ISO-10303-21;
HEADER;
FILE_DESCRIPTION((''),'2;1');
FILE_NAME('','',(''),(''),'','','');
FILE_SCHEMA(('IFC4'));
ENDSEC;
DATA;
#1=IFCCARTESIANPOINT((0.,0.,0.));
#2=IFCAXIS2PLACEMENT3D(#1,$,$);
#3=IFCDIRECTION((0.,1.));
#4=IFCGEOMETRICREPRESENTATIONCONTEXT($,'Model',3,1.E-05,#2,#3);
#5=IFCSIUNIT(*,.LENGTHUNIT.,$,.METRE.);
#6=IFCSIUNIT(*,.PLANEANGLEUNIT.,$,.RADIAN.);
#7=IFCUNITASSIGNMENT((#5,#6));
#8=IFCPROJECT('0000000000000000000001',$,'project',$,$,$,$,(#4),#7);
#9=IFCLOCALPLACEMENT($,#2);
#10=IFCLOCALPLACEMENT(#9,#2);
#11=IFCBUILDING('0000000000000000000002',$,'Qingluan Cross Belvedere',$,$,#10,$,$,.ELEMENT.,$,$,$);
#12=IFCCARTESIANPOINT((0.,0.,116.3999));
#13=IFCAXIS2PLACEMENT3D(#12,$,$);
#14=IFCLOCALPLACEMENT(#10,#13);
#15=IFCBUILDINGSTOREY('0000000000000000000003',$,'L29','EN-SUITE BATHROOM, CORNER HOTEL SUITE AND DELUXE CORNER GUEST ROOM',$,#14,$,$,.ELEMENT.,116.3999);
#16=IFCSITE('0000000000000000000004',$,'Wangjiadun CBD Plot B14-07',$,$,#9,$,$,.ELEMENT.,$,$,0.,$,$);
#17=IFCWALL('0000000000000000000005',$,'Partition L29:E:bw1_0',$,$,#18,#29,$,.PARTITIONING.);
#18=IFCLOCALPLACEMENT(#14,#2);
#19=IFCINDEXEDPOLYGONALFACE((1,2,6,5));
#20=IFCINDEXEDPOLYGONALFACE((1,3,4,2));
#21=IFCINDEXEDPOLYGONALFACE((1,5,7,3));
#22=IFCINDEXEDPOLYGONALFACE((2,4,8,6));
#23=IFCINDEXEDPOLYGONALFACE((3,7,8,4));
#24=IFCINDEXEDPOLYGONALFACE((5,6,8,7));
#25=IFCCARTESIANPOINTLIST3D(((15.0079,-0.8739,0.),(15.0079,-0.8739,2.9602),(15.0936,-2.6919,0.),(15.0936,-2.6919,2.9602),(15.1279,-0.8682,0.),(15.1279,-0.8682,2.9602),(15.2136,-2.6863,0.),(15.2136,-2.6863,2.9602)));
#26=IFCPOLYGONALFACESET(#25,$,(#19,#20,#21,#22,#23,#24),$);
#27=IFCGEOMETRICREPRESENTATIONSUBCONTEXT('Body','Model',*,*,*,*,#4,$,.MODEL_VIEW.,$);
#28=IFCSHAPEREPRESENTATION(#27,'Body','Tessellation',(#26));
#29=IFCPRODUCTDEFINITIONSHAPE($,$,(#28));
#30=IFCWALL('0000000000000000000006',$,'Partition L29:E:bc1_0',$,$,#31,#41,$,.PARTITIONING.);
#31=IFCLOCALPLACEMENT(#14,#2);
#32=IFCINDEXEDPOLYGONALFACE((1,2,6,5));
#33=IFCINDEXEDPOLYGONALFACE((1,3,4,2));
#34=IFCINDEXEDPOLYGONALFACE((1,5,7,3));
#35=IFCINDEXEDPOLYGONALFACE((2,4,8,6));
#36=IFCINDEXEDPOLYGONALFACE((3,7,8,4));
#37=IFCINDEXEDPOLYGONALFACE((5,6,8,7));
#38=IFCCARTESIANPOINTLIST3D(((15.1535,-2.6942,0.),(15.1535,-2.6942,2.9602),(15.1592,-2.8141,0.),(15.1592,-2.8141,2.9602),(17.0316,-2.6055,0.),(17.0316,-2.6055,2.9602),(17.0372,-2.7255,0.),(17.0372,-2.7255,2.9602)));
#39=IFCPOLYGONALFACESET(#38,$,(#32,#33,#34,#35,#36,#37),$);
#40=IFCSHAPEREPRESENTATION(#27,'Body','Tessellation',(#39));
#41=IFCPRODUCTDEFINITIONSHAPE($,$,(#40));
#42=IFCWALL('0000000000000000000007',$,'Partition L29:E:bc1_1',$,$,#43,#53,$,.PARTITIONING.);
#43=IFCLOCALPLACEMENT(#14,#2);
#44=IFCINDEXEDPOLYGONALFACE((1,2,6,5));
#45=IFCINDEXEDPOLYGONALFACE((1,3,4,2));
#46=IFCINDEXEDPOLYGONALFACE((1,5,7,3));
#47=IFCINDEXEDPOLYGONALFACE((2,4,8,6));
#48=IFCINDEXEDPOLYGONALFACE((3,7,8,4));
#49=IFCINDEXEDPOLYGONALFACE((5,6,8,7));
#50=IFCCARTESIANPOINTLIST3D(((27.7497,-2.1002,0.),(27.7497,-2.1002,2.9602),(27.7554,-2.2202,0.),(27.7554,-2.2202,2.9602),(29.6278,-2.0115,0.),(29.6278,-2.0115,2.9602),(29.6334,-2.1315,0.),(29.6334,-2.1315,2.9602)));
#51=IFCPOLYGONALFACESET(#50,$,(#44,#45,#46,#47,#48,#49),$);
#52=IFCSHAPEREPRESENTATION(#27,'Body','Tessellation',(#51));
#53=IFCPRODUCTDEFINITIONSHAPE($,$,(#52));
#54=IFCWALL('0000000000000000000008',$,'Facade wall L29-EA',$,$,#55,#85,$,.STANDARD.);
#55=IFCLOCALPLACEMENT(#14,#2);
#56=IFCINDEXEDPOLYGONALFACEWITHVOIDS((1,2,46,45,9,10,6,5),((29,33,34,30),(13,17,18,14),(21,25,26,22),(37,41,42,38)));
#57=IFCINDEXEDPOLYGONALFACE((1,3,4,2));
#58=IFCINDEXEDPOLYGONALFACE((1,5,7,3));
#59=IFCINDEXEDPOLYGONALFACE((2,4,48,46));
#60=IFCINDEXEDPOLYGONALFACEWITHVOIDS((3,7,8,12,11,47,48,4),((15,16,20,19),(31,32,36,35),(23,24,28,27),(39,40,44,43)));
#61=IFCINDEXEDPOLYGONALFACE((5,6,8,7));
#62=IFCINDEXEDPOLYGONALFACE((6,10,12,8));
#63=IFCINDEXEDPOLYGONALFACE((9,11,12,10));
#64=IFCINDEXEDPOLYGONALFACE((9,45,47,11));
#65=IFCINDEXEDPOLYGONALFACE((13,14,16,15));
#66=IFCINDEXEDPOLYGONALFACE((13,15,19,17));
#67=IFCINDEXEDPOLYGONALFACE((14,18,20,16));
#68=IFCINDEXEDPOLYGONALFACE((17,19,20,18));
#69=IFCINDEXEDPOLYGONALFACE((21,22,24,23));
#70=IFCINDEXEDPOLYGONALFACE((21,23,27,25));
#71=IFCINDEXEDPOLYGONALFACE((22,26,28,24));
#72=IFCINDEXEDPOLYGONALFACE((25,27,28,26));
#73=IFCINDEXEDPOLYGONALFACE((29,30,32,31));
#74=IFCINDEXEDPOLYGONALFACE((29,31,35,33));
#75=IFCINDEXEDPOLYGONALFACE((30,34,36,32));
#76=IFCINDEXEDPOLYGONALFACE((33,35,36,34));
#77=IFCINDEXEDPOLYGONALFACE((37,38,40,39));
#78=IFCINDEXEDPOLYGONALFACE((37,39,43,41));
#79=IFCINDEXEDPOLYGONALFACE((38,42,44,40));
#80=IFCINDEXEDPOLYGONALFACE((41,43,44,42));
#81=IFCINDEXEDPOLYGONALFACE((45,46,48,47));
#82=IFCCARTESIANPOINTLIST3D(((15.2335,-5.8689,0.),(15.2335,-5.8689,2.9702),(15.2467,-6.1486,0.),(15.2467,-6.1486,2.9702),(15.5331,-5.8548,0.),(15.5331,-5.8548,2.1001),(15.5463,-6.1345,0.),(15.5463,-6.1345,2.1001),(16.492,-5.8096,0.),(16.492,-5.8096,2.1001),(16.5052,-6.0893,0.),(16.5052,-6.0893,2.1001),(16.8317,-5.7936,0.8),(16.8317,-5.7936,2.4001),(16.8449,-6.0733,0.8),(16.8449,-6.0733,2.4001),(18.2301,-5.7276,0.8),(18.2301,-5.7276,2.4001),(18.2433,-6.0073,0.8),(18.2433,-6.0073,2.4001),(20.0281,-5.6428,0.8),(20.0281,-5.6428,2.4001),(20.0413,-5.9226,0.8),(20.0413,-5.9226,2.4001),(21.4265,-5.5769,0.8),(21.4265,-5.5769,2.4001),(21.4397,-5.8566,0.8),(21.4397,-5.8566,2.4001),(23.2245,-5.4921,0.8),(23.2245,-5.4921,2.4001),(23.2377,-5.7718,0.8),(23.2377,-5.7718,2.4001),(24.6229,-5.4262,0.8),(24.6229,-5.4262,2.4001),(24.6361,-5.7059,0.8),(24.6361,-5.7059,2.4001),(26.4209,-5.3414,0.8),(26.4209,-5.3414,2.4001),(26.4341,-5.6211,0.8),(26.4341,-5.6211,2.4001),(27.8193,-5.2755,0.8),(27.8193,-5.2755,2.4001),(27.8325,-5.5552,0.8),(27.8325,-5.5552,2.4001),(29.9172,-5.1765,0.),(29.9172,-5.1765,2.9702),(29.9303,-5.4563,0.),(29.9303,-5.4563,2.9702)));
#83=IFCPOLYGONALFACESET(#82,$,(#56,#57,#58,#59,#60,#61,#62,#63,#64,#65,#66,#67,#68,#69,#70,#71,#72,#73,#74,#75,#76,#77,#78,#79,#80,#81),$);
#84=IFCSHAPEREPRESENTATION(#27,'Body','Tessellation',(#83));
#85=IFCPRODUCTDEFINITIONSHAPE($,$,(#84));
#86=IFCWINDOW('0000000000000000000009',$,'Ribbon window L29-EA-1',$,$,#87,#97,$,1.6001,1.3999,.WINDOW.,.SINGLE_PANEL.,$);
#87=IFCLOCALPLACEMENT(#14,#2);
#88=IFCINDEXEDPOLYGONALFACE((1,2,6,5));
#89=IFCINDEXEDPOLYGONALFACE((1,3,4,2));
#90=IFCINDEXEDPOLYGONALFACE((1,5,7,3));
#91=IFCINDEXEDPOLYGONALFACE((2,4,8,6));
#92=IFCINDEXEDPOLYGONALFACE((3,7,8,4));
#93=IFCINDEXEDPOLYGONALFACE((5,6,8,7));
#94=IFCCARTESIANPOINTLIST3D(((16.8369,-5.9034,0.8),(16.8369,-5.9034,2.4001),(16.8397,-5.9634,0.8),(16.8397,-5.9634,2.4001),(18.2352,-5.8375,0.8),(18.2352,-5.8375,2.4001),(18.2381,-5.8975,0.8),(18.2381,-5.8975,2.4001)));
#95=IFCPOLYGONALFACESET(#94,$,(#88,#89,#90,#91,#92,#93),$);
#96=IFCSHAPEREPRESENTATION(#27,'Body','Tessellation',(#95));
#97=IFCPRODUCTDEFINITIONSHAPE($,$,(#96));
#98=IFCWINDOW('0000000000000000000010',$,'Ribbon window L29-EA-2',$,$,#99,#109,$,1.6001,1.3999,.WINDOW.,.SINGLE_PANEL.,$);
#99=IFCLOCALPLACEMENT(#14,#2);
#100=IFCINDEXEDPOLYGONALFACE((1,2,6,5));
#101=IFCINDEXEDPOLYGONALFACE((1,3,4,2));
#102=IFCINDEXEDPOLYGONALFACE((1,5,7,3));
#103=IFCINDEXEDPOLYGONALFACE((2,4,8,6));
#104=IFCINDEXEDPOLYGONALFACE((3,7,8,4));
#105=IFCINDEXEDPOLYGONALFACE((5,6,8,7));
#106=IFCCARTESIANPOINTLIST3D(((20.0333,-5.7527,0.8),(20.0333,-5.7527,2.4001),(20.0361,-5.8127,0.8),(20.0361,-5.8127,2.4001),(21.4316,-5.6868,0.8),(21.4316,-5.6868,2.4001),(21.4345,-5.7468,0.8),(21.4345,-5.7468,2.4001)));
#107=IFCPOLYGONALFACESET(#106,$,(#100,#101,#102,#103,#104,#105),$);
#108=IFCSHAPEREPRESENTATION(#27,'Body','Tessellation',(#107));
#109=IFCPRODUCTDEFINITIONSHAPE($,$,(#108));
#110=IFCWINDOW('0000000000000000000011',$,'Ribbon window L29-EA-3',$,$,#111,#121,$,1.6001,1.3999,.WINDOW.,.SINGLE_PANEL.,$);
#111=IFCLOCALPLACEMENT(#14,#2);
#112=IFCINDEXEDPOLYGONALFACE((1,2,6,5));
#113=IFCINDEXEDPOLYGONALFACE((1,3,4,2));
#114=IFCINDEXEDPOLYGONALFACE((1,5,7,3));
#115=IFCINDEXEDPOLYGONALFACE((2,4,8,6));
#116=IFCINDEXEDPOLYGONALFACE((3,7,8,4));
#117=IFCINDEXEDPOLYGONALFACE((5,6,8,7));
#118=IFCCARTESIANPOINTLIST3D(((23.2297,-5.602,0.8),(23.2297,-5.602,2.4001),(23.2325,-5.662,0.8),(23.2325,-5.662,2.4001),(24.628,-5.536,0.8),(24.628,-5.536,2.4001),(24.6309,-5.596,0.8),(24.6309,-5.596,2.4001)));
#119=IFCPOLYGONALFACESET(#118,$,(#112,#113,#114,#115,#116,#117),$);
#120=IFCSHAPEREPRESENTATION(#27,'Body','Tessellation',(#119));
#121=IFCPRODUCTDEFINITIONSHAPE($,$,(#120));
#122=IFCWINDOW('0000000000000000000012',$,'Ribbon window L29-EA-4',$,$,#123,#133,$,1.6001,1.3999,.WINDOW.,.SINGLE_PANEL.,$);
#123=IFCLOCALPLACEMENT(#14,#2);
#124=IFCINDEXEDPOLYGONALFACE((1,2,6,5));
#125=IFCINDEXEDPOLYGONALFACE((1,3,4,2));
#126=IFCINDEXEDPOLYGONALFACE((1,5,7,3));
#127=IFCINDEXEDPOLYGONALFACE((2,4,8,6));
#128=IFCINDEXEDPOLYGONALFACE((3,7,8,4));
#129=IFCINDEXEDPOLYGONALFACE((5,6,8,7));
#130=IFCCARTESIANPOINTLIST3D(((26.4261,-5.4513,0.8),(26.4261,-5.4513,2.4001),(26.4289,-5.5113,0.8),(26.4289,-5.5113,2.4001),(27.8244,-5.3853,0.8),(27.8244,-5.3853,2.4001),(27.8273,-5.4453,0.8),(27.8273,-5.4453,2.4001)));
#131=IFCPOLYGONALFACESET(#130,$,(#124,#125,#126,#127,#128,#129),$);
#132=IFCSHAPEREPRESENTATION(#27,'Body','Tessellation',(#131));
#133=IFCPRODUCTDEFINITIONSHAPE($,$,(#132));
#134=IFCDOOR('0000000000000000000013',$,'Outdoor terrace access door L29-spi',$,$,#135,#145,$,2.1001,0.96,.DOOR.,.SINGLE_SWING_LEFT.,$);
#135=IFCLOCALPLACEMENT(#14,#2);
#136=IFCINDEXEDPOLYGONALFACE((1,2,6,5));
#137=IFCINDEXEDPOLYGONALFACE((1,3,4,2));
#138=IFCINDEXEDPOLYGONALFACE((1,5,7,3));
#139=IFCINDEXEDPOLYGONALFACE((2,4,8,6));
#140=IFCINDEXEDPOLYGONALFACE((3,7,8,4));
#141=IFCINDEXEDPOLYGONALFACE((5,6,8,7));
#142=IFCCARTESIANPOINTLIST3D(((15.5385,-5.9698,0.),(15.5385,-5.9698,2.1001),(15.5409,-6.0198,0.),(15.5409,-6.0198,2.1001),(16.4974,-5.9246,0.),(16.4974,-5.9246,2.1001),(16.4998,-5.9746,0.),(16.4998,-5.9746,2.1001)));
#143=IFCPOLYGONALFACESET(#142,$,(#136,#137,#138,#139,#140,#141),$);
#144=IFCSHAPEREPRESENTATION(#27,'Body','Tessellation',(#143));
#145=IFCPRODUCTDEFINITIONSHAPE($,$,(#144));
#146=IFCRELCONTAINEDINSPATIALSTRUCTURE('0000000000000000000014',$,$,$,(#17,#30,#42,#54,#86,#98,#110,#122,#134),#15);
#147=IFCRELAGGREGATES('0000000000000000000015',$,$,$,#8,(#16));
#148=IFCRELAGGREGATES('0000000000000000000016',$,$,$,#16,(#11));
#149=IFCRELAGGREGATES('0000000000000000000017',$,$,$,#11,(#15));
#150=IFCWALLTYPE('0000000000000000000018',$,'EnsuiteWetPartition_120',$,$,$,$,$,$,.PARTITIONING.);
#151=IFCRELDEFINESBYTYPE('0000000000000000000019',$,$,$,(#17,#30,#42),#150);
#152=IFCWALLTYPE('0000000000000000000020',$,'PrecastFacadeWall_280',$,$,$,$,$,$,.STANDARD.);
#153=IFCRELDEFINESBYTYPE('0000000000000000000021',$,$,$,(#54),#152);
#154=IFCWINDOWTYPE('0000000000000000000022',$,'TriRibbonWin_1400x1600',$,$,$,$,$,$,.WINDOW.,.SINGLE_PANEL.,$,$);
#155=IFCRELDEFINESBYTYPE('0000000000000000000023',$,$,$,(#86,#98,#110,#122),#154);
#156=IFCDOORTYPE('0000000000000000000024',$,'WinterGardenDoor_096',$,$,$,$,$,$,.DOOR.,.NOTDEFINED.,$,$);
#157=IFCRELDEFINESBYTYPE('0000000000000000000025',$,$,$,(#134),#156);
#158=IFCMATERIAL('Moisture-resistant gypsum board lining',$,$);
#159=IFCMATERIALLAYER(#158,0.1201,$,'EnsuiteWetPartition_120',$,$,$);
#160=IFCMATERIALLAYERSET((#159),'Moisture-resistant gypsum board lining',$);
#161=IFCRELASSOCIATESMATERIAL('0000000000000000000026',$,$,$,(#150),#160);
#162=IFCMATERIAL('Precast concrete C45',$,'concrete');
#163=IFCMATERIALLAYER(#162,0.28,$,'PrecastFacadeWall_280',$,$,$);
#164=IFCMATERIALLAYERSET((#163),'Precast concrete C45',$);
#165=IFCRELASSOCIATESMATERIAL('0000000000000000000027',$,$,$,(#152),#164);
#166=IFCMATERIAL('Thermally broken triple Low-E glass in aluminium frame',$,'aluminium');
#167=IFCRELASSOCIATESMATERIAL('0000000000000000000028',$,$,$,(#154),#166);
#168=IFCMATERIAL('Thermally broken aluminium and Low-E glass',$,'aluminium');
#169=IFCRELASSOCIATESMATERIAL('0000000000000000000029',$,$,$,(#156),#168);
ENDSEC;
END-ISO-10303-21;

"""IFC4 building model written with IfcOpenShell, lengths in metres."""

from ifc_helpers import new_model, si_unit, direction, frame, frame_2d, origin, place, context, subcontext, project, spatial, rectangle, extrude, material, layer, layer_set, type_object, element, fill, save


model = new_model("IFC4")

# Units and contexts
model_context = context("Model", 3, precision=1e-05, world=origin(), true_north=direction((0.0, 1.0)))
body_context = subcontext(model_context, "Body", "Model", "MODEL_VIEW")
ifc_project = project(units=[si_unit("LENGTHUNIT", "METRE"), si_unit("PLANEANGLEUNIT", "RADIAN")], contexts=[model_context])

# Site, building, storey
site_placement = place(None, origin())
site = spatial("IfcSite", under=ifc_project, at=site_placement, Name="Wangjiadun CBD Plot B14-07", CompositionType="ELEMENT", RefElevation=0.0)
building_placement = place(site_placement, origin())
building = spatial("IfcBuilding", under=site, at=building_placement, Name="Qingluan Cross Belvedere", CompositionType="ELEMENT")
storey_placement = place(building_placement, frame((0.0, 0.0, 116.3999)))
storey = spatial("IfcBuildingStorey", under=building, at=storey_placement, Name="L29", Description="EN-SUITE BATHROOM, CORNER HOTEL SUITE AND DELUXE CORNER GUEST ROOM", CompositionType="ELEMENT", Elevation=116.3999)

# Shared definitions
ifc_material_1 = material(Name="Moisture-resistant gypsum board lining")
ifc_layer_1 = layer(ifc_material_1, 0.1201, Name="EnsuiteWetPartition_120")
ifc_layer_set_1 = layer_set([ifc_layer_1], Name="Moisture-resistant gypsum board lining")
wall_type_1 = type_object("IfcWallType", Name="EnsuiteWetPartition_120", PredefinedType="PARTITIONING", material=ifc_layer_set_1)

# Walls
wall_1_placement = place(storey_placement, frame((15.1536, -2.6892, 0.0), z_axis=(0.0, 0.0, 1.0), x_axis=(-0.047081, 0.998891, 0.0)))
element("IfcWall", 1, at=wall_1_placement, inside=storey, type_object=wall_type_1, Name="Partition L29:E:bw1_0", PredefinedType="PARTITIONING", context=body_context, shape_type="SweptSolid", body=[
    extrude(rectangle(XDim=1.8201, YDim=0.1201, at=frame_2d((0.9102, 0.0))), origin(), (0.0, 0.0, 1.0), 2.9602),
])
for number, where, z_axis, x_axis, name in (
    (2, (15.1565, -2.7542, 0.0), (0.0, 0.0, 1.0), (0.998888, 0.047139, 0.0), "Partition L29:E:bc1_0"),
    (3, (27.7527, -2.1602, 0.0), (0.0, 0.0, 1.0), (0.998888, 0.047139, 0.0), "Partition L29:E:bc1_1"),
):
    element("IfcWall", number, at=place(storey_placement, frame(where, z_axis=z_axis, x_axis=x_axis)), inside=storey, type_object=wall_type_1, Name=name, PredefinedType="PARTITIONING", context=body_context, shape_type="SweptSolid", body=[
        extrude(rectangle(XDim=1.8801, YDim=0.1201, at=frame_2d((0.9399, 0.0))), origin(), (0.0, 0.0, 1.0), 2.9602),
    ])

# Wall, openings, windows, door
ifc_material_2 = material(Name="Precast concrete C45", Category="concrete")
ifc_layer_2 = layer(ifc_material_2, 0.28, Name="PrecastFacadeWall_280")
ifc_layer_set_2 = layer_set([ifc_layer_2], Name="Precast concrete C45")
wall_type_2 = type_object("IfcWallType", Name="PrecastFacadeWall_280", PredefinedType="STANDARD", material=ifc_layer_set_2)
wall_2_placement = place(storey_placement, frame((15.24, -6.0088, 0.0), z_axis=(0.0, 0.0, 1.0), x_axis=(0.99889, 0.047101, 0.0)))
wall_2 = element("IfcWall", 4, at=wall_2_placement, inside=storey, type_object=wall_type_2, Name="Facade wall L29-EA", PredefinedType="STANDARD", context=body_context, shape_type="SweptSolid", body=[
    extrude(rectangle(XDim=14.7, YDim=0.28, at=frame_2d((7.3501, 0.0))), origin(), (0.0, 0.0, 1.0), 2.9702),
])
opening_1_placement = place(wall_2_placement, frame((1.6001, 0.0, 0.8)))
opening_1 = element("IfcOpeningElement", 5, at=opening_1_placement, cuts=wall_2, PredefinedType="OPENING", context=body_context, shape_type="SweptSolid", body=[
    extrude(rectangle(XDim=1.3999, YDim=1.6001, at=frame_2d((0.7, 0.8))), frame((0.0, 0.1499, 0.0), z_axis=(0.0, -1.0, 0.0), x_axis=(1.0, 0.0, 0.0)), (0.0, 0.0, 1.0), 0.3),
])
opening_2_placement = place(wall_2_placement, frame((4.8, 0.0, 0.8)))
opening_2 = element("IfcOpeningElement", 6, at=opening_2_placement, cuts=wall_2, PredefinedType="OPENING", context=body_context, shape_type="SweptSolid", body=[
    extrude(rectangle(XDim=1.3999, YDim=1.6001, at=frame_2d((0.7, 0.8))), frame((0.0, 0.1499, 0.0), z_axis=(0.0, -1.0, 0.0), x_axis=(1.0, 0.0, 0.0)), (0.0, 0.0, 1.0), 0.3),
])
opening_3_placement = place(wall_2_placement, frame((8.0, 0.0, 0.8)))
opening_3 = element("IfcOpeningElement", 7, at=opening_3_placement, cuts=wall_2, PredefinedType="OPENING", context=body_context, shape_type="SweptSolid", body=[
    extrude(rectangle(XDim=1.3999, YDim=1.6001, at=frame_2d((0.7, 0.8))), frame((0.0, 0.1499, 0.0), z_axis=(0.0, -1.0, 0.0), x_axis=(1.0, 0.0, 0.0)), (0.0, 0.0, 1.0), 0.3),
])
opening_4_placement = place(wall_2_placement, frame((11.2, 0.0, 0.8)))
opening_4 = element("IfcOpeningElement", 8, at=opening_4_placement, cuts=wall_2, PredefinedType="OPENING", context=body_context, shape_type="SweptSolid", body=[
    extrude(rectangle(XDim=1.3999, YDim=1.6001, at=frame_2d((0.7, 0.8))), frame((0.0, 0.1499, 0.0), z_axis=(0.0, -1.0, 0.0), x_axis=(1.0, 0.0, 0.0)), (0.0, 0.0, 1.0), 0.3),
])
opening_5_placement = place(wall_2_placement, frame((0.3, 0.0, 0.0)))
opening_5 = element("IfcOpeningElement", 9, at=opening_5_placement, cuts=wall_2, PredefinedType="OPENING", context=body_context, shape_type="SweptSolid", body=[
    extrude(rectangle(XDim=0.96, YDim=2.1001, at=frame_2d((0.48, 1.05))), frame((0.0, 0.1499, 0.0), z_axis=(0.0, -1.0, 0.0), x_axis=(1.0, 0.0, 0.0)), (0.0, 0.0, 1.0), 0.3),
])
ifc_material_3 = material(Name="Thermally broken triple Low-E glass in aluminium frame", Category="aluminium")
window_type_1 = type_object("IfcWindowType", Name="TriRibbonWin_1400x1600", PartitioningType="SINGLE_PANEL", PredefinedType="WINDOW", material=ifc_material_3)
window_1_placement = place(opening_1_placement, origin())
window_1 = element("IfcWindow", 10, at=window_1_placement, inside=storey, type_object=window_type_1, Name="Ribbon window L29-EA-1", OverallHeight=1.6001, OverallWidth=1.3999, PartitioningType="SINGLE_PANEL", PredefinedType="WINDOW", context=body_context, shape_type="SweptSolid", body=[
    extrude(rectangle(XDim=1.3999, YDim=1.6001, at=frame_2d((0.7, 0.8))), frame((0.0, 0.03, 0.0), z_axis=(0.0, -1.0, 0.0), x_axis=(1.0, 0.0, 0.0)), (0.0, 0.0, 1.0), 0.0601),
])
fill(opening_1, window_1)
window_2_placement = place(opening_2_placement, origin())
window_2 = element("IfcWindow", 11, at=window_2_placement, inside=storey, type_object=window_type_1, Name="Ribbon window L29-EA-2", OverallHeight=1.6001, OverallWidth=1.3999, PartitioningType="SINGLE_PANEL", PredefinedType="WINDOW", context=body_context, shape_type="SweptSolid", body=[
    extrude(rectangle(XDim=1.3999, YDim=1.6001, at=frame_2d((0.7, 0.8))), frame((0.0, 0.03, 0.0), z_axis=(0.0, -1.0, 0.0), x_axis=(1.0, 0.0, 0.0)), (0.0, 0.0, 1.0), 0.0601),
])
fill(opening_2, window_2)
window_3_placement = place(opening_3_placement, origin())
window_3 = element("IfcWindow", 12, at=window_3_placement, inside=storey, type_object=window_type_1, Name="Ribbon window L29-EA-3", OverallHeight=1.6001, OverallWidth=1.3999, PartitioningType="SINGLE_PANEL", PredefinedType="WINDOW", context=body_context, shape_type="SweptSolid", body=[
    extrude(rectangle(XDim=1.3999, YDim=1.6001, at=frame_2d((0.7, 0.8))), frame((0.0, 0.03, 0.0), z_axis=(0.0, -1.0, 0.0), x_axis=(1.0, 0.0, 0.0)), (0.0, 0.0, 1.0), 0.0601),
])
fill(opening_3, window_3)
window_4_placement = place(opening_4_placement, origin())
window_4 = element("IfcWindow", 13, at=window_4_placement, inside=storey, type_object=window_type_1, Name="Ribbon window L29-EA-4", OverallHeight=1.6001, OverallWidth=1.3999, PartitioningType="SINGLE_PANEL", PredefinedType="WINDOW", context=body_context, shape_type="SweptSolid", body=[
    extrude(rectangle(XDim=1.3999, YDim=1.6001, at=frame_2d((0.7, 0.8))), frame((0.0, 0.03, 0.0), z_axis=(0.0, -1.0, 0.0), x_axis=(1.0, 0.0, 0.0)), (0.0, 0.0, 1.0), 0.0601),
])
fill(opening_4, window_4)
ifc_material_4 = material(Name="Thermally broken aluminium and Low-E glass", Category="aluminium")
door_type_1 = type_object("IfcDoorType", Name="WinterGardenDoor_096", OperationType="NOTDEFINED", PredefinedType="DOOR", material=ifc_material_4)
door_1_placement = place(opening_5_placement, origin())
door_1 = element("IfcDoor", 14, at=door_1_placement, inside=storey, type_object=door_type_1, Name="Outdoor terrace access door L29-spi", OperationType="SINGLE_SWING_LEFT", OverallHeight=2.1001, OverallWidth=0.96, PredefinedType="DOOR", context=body_context, shape_type="SweptSolid", body=[
    extrude(rectangle(XDim=0.96, YDim=2.1001, at=frame_2d((0.48, 1.05))), frame((0.0, 0.0249, 0.0), z_axis=(0.0, -1.0, 0.0), x_axis=(1.0, 0.0, 0.0)), (0.0, 0.0, 1.0), 0.05),
])
fill(opening_5, door_1)

save(model, "model.ifc")
